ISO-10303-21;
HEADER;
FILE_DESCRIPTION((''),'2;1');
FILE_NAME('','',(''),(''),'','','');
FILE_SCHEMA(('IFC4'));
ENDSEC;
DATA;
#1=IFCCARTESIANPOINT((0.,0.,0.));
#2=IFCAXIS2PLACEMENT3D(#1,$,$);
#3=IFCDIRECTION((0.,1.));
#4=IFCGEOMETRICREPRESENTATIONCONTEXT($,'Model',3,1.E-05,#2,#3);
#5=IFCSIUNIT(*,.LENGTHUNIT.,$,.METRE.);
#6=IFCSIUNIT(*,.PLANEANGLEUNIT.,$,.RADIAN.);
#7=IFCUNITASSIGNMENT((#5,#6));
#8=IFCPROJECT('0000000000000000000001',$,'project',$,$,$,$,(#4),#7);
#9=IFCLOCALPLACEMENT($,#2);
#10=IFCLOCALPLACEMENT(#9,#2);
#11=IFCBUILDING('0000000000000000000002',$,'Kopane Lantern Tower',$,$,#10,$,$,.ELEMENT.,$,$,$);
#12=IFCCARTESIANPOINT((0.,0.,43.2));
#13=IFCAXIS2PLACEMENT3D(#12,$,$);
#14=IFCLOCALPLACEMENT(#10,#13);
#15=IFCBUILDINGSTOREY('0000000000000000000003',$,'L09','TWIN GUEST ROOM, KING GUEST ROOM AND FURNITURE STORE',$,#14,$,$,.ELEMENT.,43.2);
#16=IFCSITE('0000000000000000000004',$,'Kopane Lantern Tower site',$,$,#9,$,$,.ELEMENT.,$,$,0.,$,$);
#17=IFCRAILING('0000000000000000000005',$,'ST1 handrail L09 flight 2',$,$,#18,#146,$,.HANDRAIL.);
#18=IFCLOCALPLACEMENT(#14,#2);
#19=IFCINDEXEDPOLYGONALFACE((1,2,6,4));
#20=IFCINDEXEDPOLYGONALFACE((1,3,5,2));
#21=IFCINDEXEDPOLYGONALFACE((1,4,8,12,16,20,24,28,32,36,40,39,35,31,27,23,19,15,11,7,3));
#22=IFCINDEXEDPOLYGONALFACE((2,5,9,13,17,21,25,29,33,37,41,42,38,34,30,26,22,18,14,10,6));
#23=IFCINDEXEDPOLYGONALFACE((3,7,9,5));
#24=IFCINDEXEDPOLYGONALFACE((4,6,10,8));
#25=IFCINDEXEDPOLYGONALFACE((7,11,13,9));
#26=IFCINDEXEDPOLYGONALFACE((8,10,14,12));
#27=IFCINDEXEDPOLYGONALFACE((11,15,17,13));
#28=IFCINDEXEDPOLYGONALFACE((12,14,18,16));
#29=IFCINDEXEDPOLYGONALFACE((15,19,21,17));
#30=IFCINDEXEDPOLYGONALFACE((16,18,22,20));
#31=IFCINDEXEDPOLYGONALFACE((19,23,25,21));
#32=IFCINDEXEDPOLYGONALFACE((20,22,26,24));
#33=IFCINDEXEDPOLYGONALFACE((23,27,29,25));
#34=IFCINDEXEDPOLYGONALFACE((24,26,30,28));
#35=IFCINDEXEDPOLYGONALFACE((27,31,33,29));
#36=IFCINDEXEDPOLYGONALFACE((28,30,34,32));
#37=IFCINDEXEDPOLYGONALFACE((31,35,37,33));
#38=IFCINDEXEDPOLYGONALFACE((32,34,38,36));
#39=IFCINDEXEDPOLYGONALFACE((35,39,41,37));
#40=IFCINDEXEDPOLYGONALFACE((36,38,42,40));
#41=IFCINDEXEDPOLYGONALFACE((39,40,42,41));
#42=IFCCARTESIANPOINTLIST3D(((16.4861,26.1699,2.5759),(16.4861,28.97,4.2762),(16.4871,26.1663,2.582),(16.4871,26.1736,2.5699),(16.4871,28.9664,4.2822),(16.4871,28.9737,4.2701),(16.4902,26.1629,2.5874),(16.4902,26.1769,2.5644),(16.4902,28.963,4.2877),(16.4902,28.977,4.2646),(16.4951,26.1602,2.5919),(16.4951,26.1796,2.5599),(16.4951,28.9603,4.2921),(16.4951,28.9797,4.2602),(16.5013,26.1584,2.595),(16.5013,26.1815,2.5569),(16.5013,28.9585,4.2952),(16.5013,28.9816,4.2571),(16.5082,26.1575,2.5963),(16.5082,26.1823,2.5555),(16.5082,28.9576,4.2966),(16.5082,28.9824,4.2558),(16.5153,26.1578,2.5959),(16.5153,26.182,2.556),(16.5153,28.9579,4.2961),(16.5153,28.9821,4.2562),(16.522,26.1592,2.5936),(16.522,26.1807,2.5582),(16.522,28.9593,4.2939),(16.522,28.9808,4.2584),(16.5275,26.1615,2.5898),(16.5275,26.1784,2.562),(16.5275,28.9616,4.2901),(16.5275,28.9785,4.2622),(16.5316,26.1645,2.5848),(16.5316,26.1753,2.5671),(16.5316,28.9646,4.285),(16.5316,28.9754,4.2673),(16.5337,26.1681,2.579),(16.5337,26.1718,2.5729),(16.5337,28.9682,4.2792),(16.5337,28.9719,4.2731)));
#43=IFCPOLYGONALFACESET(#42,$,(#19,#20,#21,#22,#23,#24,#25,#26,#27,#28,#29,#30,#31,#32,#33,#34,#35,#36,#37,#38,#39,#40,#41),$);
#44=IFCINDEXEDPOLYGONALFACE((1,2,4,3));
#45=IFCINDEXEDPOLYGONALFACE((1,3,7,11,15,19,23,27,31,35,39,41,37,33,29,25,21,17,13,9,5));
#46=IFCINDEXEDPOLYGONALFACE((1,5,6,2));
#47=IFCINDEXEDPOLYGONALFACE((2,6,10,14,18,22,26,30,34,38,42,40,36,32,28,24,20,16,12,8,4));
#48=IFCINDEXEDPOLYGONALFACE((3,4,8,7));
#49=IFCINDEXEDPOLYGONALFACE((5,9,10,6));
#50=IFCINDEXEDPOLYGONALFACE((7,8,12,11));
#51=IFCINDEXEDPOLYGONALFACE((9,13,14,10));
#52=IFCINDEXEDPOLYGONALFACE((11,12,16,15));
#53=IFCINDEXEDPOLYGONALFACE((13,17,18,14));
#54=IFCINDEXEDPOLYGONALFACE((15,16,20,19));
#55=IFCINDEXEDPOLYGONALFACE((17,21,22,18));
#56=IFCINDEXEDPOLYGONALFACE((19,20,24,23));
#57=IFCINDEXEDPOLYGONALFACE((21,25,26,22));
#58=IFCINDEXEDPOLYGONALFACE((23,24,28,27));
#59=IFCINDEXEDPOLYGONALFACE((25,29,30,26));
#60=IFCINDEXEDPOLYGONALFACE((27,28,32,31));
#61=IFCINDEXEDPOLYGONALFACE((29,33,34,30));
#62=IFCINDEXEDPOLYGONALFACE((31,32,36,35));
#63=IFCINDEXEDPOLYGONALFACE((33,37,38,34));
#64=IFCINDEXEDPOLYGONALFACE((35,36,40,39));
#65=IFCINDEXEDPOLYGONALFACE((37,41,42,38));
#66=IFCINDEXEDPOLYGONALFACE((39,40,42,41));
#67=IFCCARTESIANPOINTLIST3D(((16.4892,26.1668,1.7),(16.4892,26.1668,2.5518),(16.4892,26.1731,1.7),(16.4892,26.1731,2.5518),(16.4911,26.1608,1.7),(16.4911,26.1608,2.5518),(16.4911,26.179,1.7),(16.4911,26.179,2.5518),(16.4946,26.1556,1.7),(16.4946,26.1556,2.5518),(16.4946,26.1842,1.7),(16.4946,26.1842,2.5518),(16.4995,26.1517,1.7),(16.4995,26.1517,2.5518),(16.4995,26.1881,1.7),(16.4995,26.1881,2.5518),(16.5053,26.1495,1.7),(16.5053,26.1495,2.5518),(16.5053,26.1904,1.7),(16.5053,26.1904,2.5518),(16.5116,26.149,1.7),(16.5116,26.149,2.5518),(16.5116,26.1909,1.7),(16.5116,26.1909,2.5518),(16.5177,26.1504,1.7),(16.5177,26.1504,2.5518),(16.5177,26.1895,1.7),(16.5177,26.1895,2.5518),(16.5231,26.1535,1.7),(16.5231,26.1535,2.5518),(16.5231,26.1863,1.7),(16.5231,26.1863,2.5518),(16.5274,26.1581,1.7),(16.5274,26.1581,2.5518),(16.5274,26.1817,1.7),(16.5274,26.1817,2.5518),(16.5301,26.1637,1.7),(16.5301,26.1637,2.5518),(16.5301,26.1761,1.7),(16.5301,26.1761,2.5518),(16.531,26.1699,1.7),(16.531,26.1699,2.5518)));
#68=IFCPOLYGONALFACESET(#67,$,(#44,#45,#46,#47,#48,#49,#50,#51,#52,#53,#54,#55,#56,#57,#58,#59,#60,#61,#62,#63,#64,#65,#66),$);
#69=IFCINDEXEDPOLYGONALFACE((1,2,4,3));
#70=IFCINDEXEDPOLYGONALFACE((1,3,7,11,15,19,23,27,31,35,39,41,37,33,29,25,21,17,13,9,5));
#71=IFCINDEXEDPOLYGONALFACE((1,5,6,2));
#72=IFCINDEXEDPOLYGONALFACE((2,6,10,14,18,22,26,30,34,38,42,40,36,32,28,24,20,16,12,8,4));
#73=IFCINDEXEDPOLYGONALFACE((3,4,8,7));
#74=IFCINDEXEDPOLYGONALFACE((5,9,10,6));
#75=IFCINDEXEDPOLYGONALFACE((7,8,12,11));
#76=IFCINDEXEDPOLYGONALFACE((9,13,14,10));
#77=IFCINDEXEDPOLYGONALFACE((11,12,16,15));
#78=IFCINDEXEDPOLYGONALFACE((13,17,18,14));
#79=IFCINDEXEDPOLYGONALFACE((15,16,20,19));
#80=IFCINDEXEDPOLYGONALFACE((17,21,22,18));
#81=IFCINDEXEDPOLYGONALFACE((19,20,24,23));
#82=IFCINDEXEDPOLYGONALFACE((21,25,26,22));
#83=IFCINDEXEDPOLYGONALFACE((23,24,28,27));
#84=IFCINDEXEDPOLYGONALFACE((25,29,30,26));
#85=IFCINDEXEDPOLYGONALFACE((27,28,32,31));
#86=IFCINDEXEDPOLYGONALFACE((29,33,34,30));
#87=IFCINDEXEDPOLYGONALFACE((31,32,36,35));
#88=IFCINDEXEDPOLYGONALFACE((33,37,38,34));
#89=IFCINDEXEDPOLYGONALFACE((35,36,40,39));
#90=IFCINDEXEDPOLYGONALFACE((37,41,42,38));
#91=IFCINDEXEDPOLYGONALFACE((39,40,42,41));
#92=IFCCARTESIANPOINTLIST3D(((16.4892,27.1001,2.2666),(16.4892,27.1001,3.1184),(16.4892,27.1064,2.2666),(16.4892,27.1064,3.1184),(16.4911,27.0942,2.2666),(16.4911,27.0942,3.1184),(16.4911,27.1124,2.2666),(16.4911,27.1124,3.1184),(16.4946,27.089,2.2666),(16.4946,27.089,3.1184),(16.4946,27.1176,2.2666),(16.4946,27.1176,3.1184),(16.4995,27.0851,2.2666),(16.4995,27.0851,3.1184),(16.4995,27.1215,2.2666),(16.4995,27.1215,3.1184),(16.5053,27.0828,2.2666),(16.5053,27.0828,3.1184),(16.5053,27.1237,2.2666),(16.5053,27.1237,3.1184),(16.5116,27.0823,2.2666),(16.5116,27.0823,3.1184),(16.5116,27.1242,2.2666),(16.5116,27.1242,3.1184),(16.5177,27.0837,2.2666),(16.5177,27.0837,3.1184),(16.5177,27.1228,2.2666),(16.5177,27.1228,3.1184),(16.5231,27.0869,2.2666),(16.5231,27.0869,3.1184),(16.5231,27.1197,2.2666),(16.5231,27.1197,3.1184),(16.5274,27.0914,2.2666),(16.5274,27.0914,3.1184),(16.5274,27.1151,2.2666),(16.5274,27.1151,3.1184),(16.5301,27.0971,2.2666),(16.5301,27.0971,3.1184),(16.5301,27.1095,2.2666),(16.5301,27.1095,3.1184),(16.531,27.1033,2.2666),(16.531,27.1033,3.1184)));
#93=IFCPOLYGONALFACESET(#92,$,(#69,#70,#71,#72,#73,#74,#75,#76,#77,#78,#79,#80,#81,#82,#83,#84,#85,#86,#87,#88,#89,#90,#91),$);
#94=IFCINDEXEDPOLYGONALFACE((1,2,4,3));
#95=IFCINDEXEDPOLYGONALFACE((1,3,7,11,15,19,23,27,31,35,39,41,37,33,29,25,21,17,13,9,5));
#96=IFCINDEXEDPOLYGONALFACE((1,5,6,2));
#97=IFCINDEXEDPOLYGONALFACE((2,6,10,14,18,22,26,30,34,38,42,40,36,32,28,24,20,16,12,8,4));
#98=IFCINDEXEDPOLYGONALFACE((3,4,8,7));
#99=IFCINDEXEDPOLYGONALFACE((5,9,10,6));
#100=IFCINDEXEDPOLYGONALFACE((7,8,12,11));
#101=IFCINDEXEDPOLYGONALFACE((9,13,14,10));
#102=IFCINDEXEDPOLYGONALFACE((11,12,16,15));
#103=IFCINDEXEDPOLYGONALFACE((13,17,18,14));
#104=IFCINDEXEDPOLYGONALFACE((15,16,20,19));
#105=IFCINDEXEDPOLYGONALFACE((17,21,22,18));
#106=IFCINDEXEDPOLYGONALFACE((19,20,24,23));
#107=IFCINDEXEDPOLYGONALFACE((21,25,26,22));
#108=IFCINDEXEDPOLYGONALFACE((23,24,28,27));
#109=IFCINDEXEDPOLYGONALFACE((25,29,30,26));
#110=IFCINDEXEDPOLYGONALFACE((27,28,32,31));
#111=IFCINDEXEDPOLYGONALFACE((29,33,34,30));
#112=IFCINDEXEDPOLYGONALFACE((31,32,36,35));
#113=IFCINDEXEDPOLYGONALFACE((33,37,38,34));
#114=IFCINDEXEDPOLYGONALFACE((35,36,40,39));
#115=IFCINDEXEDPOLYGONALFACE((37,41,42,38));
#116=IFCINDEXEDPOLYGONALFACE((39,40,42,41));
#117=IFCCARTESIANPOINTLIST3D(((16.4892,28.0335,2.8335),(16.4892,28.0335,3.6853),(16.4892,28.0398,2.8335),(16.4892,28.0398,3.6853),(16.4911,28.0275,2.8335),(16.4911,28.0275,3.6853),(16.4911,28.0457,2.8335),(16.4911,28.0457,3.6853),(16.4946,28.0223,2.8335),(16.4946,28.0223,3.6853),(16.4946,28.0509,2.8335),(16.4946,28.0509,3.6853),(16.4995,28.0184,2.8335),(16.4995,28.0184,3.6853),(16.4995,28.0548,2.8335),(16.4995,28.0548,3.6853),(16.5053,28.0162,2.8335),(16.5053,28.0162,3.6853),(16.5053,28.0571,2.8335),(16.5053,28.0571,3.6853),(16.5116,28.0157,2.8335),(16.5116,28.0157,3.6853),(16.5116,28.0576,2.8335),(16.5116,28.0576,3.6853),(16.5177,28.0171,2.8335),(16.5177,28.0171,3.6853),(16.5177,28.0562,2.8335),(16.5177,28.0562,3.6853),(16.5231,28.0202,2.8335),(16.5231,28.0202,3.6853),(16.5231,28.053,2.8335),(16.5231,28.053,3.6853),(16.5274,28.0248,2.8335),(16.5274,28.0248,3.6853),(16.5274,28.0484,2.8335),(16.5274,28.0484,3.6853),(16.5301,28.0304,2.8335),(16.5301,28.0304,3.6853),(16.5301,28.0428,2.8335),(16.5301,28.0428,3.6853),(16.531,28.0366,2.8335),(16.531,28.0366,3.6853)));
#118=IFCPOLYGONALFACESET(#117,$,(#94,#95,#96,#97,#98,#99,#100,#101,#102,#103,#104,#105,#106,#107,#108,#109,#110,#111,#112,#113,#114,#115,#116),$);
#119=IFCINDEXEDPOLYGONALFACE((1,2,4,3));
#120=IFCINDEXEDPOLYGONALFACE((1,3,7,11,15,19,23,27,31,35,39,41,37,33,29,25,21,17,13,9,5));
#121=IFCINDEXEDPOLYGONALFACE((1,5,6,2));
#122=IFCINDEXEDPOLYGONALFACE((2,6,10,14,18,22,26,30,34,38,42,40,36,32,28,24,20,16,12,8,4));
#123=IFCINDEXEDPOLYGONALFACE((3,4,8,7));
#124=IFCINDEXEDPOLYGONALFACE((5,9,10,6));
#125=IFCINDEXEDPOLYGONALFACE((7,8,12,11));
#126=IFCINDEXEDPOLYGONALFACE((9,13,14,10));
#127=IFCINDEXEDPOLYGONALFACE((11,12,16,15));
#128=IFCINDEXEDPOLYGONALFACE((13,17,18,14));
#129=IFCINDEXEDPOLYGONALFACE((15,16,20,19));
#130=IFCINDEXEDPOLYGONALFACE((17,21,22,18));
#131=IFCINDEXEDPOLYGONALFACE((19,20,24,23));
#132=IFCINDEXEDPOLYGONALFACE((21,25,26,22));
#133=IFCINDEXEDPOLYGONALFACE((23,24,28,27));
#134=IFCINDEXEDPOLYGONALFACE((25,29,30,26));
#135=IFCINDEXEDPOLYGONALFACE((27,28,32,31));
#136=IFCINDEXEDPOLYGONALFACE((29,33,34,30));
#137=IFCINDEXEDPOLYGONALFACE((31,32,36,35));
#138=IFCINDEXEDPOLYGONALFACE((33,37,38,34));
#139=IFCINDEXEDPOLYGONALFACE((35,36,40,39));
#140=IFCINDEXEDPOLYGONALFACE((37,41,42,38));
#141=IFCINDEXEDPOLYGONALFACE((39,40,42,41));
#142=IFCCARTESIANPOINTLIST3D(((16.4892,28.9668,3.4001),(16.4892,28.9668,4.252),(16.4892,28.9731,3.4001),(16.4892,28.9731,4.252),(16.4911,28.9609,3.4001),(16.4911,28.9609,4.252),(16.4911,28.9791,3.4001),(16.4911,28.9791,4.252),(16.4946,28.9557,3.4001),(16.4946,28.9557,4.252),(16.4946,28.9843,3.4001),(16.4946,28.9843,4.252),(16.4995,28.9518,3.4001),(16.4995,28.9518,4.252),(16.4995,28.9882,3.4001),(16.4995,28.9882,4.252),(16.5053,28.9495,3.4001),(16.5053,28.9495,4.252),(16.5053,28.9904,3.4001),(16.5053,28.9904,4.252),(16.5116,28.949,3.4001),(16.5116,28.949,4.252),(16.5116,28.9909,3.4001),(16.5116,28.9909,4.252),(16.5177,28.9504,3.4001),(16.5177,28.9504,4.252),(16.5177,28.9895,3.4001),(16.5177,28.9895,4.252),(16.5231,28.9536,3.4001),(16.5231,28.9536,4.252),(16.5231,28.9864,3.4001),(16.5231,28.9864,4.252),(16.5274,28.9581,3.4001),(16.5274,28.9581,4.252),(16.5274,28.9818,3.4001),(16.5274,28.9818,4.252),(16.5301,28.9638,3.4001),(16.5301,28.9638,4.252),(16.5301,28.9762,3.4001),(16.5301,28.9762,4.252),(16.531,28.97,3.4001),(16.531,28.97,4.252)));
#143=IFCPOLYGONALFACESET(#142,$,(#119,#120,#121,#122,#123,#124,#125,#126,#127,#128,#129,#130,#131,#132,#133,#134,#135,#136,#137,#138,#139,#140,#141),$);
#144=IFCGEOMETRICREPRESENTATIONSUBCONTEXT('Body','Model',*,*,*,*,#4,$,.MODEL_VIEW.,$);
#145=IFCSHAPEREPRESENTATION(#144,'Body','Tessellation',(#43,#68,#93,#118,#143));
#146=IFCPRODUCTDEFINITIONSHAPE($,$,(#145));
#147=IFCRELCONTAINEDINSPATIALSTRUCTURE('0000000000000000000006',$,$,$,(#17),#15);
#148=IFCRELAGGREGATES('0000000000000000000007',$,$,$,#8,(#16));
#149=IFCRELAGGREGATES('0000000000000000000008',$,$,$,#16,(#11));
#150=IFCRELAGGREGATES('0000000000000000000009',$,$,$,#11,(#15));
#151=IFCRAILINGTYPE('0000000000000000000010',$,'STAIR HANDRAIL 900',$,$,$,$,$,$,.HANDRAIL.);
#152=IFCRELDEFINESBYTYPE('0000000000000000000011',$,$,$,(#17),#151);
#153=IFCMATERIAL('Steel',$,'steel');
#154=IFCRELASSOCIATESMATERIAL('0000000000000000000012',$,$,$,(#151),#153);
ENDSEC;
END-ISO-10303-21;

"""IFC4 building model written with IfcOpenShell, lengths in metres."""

from ifc_helpers import new_model, si_unit, direction, frame, origin, origin_2d, place, context, subcontext, project, spatial, circle, extrude, material, type_object, element, save


model = new_model("IFC4")

# Units and contexts
model_context = context("Model", 3, precision=1e-05, world=origin(), true_north=direction((0.0, 1.0)))
body_context = subcontext(model_context, "Body", "Model", "MODEL_VIEW")
ifc_project = project(units=[si_unit("LENGTHUNIT", "METRE"), si_unit("PLANEANGLEUNIT", "RADIAN")], contexts=[model_context])

# Site, building, storey
site_placement = place(None, origin())
site = spatial("IfcSite", under=ifc_project, at=site_placement, Name="Kopane Lantern Tower site", CompositionType="ELEMENT", RefElevation=0.0)
building_placement = place(site_placement, origin())
building = spatial("IfcBuilding", under=site, at=building_placement, Name="Kopane Lantern Tower", CompositionType="ELEMENT")
storey_placement = place(building_placement, frame((0.0, 0.0, 43.2)))
storey = spatial("IfcBuildingStorey", under=building, at=storey_placement, Name="L09", Description="TWIN GUEST ROOM, KING GUEST ROOM AND FURNITURE STORE", CompositionType="ELEMENT", Elevation=43.2)

# Railing
ifc_material_1 = material(Name="Steel", Category="steel")
railing_type_1 = type_object("IfcRailingType", Name="STAIR HANDRAIL 900", PredefinedType="HANDRAIL", material=ifc_material_1)
for number, where, name in (
    (1, (16.51, 26.1699, 1.7), "ST1 handrail L09 flight 2"),
):
    element("IfcRailing", number, at=place(storey_placement, frame(where)), inside=storey, type_object=railing_type_1, Name=name, PredefinedType="HANDRAIL", context=body_context, shape_type="SweptSolid", body=[
        extrude(circle(Radius=0.0239, at=origin_2d()), frame((0.0, 0.0, 0.876), z_axis=(0.0, 0.854765, 0.519015), x_axis=(-1.0, 0.0, 0.0)), (0.0, 0.0, 1.0), 3.2759),
        extrude(circle(Radius=0.021, at=origin_2d()), origin(), (0.0, 0.0, 1.0), 0.8518),
        extrude(circle(Radius=0.021, at=origin_2d()), frame((0.0, 0.9333, 0.5667)), (0.0, 0.0, 1.0), 0.8518),
        extrude(circle(Radius=0.021, at=origin_2d()), frame((0.0, 1.8667, 1.1335)), (0.0, 0.0, 1.0), 0.8518),
        extrude(circle(Radius=0.021, at=origin_2d()), frame((0.0, 2.8, 1.7002)), (0.0, 0.0, 1.0), 0.8518),
    ])

save(model, "model.ifc")
